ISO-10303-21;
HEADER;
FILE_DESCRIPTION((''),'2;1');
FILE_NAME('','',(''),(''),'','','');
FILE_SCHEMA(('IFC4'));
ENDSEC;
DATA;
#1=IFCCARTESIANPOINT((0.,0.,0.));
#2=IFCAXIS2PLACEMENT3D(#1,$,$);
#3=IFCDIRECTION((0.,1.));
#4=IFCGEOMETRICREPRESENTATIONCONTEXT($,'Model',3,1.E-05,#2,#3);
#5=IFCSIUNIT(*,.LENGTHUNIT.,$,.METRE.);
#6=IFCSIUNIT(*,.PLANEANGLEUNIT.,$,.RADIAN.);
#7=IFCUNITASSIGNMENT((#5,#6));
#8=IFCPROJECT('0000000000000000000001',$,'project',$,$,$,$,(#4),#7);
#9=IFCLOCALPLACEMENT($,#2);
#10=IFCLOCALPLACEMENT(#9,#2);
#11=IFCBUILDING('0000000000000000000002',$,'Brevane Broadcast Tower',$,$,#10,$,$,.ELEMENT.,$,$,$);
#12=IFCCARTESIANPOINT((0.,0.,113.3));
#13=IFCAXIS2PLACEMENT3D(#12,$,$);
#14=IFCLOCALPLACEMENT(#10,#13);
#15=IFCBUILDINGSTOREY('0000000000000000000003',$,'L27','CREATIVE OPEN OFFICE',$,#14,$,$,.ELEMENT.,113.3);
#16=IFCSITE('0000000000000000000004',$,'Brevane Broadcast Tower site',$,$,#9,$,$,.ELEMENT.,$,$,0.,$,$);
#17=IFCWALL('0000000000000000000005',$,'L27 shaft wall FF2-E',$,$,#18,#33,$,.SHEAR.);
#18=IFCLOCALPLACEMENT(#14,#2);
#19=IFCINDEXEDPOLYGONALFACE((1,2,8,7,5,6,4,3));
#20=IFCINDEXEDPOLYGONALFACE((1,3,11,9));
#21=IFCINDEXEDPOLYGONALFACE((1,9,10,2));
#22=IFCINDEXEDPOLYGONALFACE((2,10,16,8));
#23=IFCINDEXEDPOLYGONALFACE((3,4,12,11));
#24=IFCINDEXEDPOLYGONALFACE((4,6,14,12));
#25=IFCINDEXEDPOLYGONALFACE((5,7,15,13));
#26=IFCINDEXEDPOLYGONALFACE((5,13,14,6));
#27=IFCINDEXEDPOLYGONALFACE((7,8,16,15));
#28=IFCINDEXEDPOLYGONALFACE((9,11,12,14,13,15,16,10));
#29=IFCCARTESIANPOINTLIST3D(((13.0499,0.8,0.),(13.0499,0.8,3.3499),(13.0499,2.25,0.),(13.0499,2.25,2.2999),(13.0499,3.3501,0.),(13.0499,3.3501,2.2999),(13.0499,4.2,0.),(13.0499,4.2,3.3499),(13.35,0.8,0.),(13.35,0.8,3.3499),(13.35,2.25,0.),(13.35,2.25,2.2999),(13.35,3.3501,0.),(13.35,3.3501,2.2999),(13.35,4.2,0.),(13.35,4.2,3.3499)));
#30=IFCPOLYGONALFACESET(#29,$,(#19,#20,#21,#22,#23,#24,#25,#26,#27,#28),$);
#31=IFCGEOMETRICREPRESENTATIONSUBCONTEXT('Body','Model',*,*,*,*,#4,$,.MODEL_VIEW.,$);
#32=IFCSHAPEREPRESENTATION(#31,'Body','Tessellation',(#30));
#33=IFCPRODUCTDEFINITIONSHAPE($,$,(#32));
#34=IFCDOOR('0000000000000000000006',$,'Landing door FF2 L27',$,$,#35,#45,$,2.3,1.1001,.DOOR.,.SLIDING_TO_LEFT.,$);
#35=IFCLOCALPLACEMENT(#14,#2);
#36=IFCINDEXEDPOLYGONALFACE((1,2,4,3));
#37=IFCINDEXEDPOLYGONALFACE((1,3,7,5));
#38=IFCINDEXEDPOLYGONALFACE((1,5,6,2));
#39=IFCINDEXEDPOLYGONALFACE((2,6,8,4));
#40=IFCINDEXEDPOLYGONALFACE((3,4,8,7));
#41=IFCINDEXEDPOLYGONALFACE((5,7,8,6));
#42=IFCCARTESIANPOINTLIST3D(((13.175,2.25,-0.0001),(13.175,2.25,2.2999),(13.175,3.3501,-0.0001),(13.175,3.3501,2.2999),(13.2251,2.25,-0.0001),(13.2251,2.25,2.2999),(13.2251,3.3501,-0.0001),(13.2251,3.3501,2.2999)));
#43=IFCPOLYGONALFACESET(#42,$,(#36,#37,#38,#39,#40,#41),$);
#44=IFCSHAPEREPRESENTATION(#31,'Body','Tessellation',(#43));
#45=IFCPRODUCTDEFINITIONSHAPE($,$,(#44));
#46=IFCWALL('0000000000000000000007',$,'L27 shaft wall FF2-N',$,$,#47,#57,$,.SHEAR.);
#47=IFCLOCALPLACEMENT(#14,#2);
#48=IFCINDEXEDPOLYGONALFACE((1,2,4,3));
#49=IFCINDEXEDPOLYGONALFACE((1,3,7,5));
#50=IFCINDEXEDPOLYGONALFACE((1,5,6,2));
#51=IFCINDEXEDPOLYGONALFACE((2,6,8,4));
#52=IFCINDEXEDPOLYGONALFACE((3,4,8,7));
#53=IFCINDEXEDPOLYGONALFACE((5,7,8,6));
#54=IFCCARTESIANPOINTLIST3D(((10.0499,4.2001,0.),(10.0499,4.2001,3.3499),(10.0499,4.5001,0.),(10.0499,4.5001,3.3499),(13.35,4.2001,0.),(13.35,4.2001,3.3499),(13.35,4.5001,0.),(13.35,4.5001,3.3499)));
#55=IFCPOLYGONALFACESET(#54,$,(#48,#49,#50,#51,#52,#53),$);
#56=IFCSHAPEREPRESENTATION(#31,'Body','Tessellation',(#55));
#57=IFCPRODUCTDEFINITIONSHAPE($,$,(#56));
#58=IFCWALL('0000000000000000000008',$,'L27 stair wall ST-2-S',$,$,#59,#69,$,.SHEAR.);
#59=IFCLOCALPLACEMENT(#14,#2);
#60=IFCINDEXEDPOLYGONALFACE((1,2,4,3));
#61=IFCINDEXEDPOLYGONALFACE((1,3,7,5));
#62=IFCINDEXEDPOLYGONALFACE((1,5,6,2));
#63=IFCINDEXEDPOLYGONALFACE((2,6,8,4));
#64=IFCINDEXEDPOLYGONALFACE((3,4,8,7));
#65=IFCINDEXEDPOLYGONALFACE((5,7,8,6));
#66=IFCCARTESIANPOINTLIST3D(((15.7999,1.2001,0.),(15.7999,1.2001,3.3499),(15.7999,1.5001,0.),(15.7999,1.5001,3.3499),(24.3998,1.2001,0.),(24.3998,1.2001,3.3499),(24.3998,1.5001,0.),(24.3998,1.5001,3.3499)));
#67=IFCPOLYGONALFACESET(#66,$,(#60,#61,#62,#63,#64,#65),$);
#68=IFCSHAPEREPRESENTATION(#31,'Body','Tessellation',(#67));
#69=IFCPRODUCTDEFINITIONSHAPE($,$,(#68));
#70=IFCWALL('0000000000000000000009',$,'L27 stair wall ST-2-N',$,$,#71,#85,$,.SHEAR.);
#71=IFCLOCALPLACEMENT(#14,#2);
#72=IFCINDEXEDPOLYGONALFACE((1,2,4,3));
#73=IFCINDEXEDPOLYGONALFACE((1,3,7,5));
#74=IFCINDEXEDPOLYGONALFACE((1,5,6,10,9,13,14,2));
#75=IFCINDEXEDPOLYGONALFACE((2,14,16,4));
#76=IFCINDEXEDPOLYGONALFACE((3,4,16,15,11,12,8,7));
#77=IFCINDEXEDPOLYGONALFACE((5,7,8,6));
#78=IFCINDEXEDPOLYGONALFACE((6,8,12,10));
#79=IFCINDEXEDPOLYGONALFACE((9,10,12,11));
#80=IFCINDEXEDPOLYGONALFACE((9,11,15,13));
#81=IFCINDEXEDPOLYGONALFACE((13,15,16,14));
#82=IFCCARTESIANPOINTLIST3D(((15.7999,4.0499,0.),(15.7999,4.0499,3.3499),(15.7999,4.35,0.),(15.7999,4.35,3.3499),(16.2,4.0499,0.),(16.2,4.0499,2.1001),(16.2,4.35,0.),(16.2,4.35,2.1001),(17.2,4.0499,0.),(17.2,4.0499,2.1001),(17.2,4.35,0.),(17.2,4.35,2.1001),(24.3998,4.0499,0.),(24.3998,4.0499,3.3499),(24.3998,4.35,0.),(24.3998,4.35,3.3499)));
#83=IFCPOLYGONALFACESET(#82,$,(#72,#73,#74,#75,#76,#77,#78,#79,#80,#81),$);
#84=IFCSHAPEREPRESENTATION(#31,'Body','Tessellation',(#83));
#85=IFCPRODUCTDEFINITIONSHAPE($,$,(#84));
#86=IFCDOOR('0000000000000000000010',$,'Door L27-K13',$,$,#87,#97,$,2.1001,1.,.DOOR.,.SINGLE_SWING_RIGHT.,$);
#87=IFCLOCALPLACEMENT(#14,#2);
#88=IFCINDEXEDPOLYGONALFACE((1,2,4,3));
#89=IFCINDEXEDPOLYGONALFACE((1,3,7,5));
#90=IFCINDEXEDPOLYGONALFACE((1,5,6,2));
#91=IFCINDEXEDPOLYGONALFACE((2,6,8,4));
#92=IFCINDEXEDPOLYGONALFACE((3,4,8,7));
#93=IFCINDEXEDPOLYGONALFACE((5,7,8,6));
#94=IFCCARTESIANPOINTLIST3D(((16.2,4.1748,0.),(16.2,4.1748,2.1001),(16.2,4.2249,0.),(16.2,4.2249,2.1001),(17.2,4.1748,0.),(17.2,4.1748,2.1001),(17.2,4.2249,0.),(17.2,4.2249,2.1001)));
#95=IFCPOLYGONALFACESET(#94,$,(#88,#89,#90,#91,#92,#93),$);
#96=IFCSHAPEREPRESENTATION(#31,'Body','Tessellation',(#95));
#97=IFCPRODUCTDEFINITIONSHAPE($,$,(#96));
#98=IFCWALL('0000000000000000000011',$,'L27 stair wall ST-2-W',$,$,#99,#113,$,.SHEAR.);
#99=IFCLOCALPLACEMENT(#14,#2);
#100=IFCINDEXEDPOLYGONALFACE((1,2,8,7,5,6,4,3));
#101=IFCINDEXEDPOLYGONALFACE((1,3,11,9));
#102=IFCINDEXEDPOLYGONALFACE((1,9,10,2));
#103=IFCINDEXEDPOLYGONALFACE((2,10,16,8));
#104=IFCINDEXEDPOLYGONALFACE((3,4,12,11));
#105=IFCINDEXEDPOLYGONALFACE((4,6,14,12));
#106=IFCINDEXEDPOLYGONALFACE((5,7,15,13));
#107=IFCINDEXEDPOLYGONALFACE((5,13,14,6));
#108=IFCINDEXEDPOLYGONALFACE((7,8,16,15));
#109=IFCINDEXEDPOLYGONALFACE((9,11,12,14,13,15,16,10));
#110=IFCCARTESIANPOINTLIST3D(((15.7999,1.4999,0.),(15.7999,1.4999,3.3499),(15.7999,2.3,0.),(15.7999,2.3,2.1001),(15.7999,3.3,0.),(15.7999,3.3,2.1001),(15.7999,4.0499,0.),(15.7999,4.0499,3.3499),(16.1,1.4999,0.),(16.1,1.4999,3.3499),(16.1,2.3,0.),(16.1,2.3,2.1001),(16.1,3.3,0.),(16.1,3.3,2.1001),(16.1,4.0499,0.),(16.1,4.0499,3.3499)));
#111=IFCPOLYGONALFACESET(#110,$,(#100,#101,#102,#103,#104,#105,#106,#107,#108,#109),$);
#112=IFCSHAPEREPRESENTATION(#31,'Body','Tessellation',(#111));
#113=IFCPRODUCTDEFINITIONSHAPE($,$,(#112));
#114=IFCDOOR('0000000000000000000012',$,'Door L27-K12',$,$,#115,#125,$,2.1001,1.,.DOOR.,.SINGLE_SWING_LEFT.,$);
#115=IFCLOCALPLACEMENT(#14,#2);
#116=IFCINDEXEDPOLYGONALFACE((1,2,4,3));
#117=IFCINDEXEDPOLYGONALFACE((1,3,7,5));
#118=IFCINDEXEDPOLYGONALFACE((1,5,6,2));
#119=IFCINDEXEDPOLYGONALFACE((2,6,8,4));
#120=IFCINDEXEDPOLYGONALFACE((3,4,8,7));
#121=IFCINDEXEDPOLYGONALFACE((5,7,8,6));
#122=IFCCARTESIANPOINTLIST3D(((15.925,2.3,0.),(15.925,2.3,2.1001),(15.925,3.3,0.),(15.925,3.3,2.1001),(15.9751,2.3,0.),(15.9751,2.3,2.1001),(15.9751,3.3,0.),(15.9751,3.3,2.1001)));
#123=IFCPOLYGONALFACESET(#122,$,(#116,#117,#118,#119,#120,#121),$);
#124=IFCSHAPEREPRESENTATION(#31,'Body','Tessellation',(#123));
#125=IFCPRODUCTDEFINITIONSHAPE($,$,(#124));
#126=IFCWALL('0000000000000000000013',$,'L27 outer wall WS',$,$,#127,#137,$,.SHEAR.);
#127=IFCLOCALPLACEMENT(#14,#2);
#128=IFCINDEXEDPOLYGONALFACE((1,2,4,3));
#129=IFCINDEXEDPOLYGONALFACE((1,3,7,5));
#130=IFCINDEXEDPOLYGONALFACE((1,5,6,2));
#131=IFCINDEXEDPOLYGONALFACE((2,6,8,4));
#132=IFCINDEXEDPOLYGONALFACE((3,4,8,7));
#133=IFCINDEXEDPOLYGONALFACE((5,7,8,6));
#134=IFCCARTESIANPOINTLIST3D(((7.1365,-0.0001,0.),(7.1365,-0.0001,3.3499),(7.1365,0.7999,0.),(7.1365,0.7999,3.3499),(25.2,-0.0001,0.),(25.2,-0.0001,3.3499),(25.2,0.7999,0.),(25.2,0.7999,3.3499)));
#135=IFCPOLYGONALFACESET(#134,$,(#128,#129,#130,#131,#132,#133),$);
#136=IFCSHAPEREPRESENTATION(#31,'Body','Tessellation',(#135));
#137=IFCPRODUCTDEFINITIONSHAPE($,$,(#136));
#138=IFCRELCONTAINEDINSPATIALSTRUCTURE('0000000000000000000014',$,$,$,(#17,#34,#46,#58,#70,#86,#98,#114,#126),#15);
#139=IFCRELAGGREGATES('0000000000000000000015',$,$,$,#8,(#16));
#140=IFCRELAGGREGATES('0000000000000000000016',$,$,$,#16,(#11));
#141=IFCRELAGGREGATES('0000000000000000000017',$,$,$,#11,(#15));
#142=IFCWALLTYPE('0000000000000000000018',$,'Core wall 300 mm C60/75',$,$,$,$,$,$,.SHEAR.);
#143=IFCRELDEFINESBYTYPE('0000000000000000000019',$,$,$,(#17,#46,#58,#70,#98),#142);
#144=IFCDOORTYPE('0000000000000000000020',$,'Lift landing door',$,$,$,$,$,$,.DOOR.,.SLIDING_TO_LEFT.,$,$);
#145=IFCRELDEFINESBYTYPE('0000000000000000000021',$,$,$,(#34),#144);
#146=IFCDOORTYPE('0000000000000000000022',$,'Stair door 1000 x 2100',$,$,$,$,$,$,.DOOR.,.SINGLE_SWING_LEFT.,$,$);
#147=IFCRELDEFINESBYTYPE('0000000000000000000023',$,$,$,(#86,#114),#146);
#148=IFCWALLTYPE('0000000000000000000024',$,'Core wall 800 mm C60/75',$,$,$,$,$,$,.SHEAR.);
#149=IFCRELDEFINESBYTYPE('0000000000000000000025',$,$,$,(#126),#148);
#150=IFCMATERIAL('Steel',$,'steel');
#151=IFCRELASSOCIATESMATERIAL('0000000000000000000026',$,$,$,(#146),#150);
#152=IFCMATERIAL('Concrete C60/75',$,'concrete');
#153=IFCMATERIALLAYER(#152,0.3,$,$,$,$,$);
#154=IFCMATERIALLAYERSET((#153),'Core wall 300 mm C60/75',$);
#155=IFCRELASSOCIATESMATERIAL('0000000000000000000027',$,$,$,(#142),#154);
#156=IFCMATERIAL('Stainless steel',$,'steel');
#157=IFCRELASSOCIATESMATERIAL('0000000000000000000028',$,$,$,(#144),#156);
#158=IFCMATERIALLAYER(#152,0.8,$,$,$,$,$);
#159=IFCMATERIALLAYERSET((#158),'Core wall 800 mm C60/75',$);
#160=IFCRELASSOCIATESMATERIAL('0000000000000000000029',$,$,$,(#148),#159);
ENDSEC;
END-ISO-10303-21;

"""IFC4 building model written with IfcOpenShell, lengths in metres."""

from ifc_helpers import new_model, si_unit, direction, frame, frame_2d, origin, place, context, subcontext, project, spatial, rectangle, extrude, material, layer, layer_set, type_object, element, fill, save


model = new_model("IFC4")

# Units and contexts
model_context = context("Model", 3, precision=1e-05, world=origin(), true_north=direction((0.0, 1.0)))
body_context = subcontext(model_context, "Body", "Model", "MODEL_VIEW")
ifc_project = project(units=[si_unit("LENGTHUNIT", "METRE"), si_unit("PLANEANGLEUNIT", "RADIAN")], contexts=[model_context])

# Site, building, storey
site_placement = place(None, origin())
site = spatial("IfcSite", under=ifc_project, at=site_placement, Name="Brevane Broadcast Tower site", CompositionType="ELEMENT", RefElevation=0.0)
building_placement = place(site_placement, origin())
building = spatial("IfcBuilding", under=site, at=building_placement, Name="Brevane Broadcast Tower", CompositionType="ELEMENT")
storey_placement = place(building_placement, frame((0.0, 0.0, 113.3)))
storey = spatial("IfcBuildingStorey", under=building, at=storey_placement, Name="L27", Description="CREATIVE OPEN OFFICE", CompositionType="ELEMENT", Elevation=113.3)

# Shared definitions
ifc_material_1 = material(Name="Steel", Category="steel")
door_type_1 = type_object("IfcDoorType", Name="Stair door 1000 x 2100", OperationType="SINGLE_SWING_LEFT", PredefinedType="DOOR", material=ifc_material_1)

# Shared definitions
ifc_material_2 = material(Name="Concrete C60/75", Category="concrete")
ifc_layer_1 = layer(ifc_material_2, 0.3)
ifc_layer_set_1 = layer_set([ifc_layer_1], Name="Core wall 300 mm C60/75")
wall_type_1 = type_object("IfcWallType", Name="Core wall 300 mm C60/75", PredefinedType="SHEAR", material=ifc_layer_set_1)

# Wall, opening, door
wall_1_placement = place(storey_placement, frame((13.2, 0.8, 0.0), z_axis=(0.0, 0.0, 1.0), x_axis=(0.0, 1.0, 0.0)))
wall_1 = element("IfcWall", 1, at=wall_1_placement, inside=storey, type_object=wall_type_1, Name="L27 shaft wall FF2-E", PredefinedType="SHEAR", context=body_context, shape_type="SweptSolid", body=[
    extrude(rectangle(XDim=3.3999, YDim=0.3, at=frame_2d((1.7, 0.0))), origin(), (0.0, 0.0, 1.0), 3.3499),
])
opening_1_placement = place(wall_1_placement, frame((1.45, 0.0, 0.0)))
opening_1 = element("IfcOpeningElement", 2, at=opening_1_placement, cuts=wall_1, PredefinedType="OPENING", context=body_context, shape_type="SweptSolid", body=[
    extrude(rectangle(XDim=1.1001, YDim=2.3, at=frame_2d((0.55, 1.1499))), frame((0.0, 0.1599, 0.0), z_axis=(0.0, -1.0, 0.0), x_axis=(1.0, 0.0, 0.0)), (0.0, 0.0, 1.0), 0.3201),
])
ifc_material_3 = material(Name="Stainless steel", Category="steel")
door_type_2 = type_object("IfcDoorType", Name="Lift landing door", OperationType="SLIDING_TO_LEFT", PredefinedType="DOOR", material=ifc_material_3)
door_1_placement = place(opening_1_placement, origin())
door_1 = element("IfcDoor", 3, at=door_1_placement, inside=storey, type_object=door_type_2, Name="Landing door FF2 L27", OperationType="SLIDING_TO_LEFT", OverallHeight=2.3, OverallWidth=1.1001, PredefinedType="DOOR", context=body_context, shape_type="SweptSolid", body=[
    extrude(rectangle(XDim=1.1001, YDim=2.3, at=frame_2d((0.55, 1.1499))), frame((0.0, 0.0249, 0.0), z_axis=(0.0, -1.0, 0.0), x_axis=(1.0, 0.0, 0.0)), (0.0, 0.0, 1.0), 0.05),
])
fill(opening_1, door_1)

# Walls
wall_2_placement = place(storey_placement, frame((10.05, 4.3501, 0.0), z_axis=(0.0, 0.0, 1.0), x_axis=(1.0, 0.0, 0.0)))
element("IfcWall", 4, at=wall_2_placement, inside=storey, type_object=wall_type_1, Name="L27 shaft wall FF2-N", PredefinedType="SHEAR", context=body_context, shape_type="SweptSolid", body=[
    extrude(rectangle(XDim=3.3, YDim=0.3, at=frame_2d((1.6499, 0.0))), origin(), (0.0, 0.0, 1.0), 3.3499),
])
wall_3_placement = place(storey_placement, frame((15.8, 1.3501, 0.0), z_axis=(0.0, 0.0, 1.0), x_axis=(1.0, 0.0, 0.0)))
element("IfcWall", 5, at=wall_3_placement, inside=storey, type_object=wall_type_1, Name="L27 stair wall ST-2-S", PredefinedType="SHEAR", context=body_context, shape_type="SweptSolid", body=[
    extrude(rectangle(XDim=8.5999, YDim=0.3, at=frame_2d((4.2998, 0.0))), origin(), (0.0, 0.0, 1.0), 3.3499),
])

# Walls, openings, doors
wall_4_placement = place(storey_placement, frame((15.8, 4.2, 0.0), z_axis=(0.0, 0.0, 1.0), x_axis=(1.0, 0.0, 0.0)))
wall_4 = element("IfcWall", 6, at=wall_4_placement, inside=storey, type_object=wall_type_1, Name="L27 stair wall ST-2-N", PredefinedType="SHEAR", context=body_context, shape_type="SweptSolid", body=[
    extrude(rectangle(XDim=8.5999, YDim=0.3, at=frame_2d((4.2998, 0.0))), origin(), (0.0, 0.0, 1.0), 3.3499),
])
opening_2_placement = place(wall_4_placement, frame((0.3999, 0.0, 0.0)))
opening_2 = element("IfcOpeningElement", 7, at=opening_2_placement, cuts=wall_4, PredefinedType="OPENING", context=body_context, shape_type="SweptSolid", body=[
    extrude(rectangle(XDim=1.0, YDim=2.1001, at=frame_2d((0.5, 1.05))), frame((0.0, 0.1599, 0.0), z_axis=(0.0, -1.0, 0.0), x_axis=(1.0, 0.0, 0.0)), (0.0, 0.0, 1.0), 0.3201),
])
door_2_placement = place(opening_2_placement, origin())
door_2 = element("IfcDoor", 8, at=door_2_placement, inside=storey, type_object=door_type_1, Name="Door L27-K13", OperationType="SINGLE_SWING_RIGHT", OverallHeight=2.1001, OverallWidth=1.0, PredefinedType="DOOR", context=body_context, shape_type="SweptSolid", body=[
    extrude(rectangle(XDim=1.0, YDim=2.1001, at=frame_2d((0.5, 1.05))), frame((0.0, 0.0249, 0.0), z_axis=(0.0, -1.0, 0.0), x_axis=(1.0, 0.0, 0.0)), (0.0, 0.0, 1.0), 0.05),
])
fill(opening_2, door_2)
wall_5_placement = place(storey_placement, frame((15.95, 1.5, 0.0), z_axis=(0.0, 0.0, 1.0), x_axis=(0.0, 1.0, 0.0)))
wall_5 = element("IfcWall", 9, at=wall_5_placement, inside=storey, type_object=wall_type_1, Name="L27 stair wall ST-2-W", PredefinedType="SHEAR", context=body_context, shape_type="SweptSolid", body=[
    extrude(rectangle(XDim=2.55, YDim=0.3, at=frame_2d((1.2749, 0.0))), origin(), (0.0, 0.0, 1.0), 3.3499),
])
opening_3_placement = place(wall_5_placement, frame((0.8, 0.0, 0.0)))
opening_3 = element("IfcOpeningElement", 10, at=opening_3_placement, cuts=wall_5, PredefinedType="OPENING", context=body_context, shape_type="SweptSolid", body=[
    extrude(rectangle(XDim=1.0, YDim=2.1001, at=frame_2d((0.5, 1.05))), frame((0.0, 0.1599, 0.0), z_axis=(0.0, -1.0, 0.0), x_axis=(1.0, 0.0, 0.0)), (0.0, 0.0, 1.0), 0.3201),
])
door_3_placement = place(opening_3_placement, origin())
door_3 = element("IfcDoor", 11, at=door_3_placement, inside=storey, type_object=door_type_1, Name="Door L27-K12", OperationType="SINGLE_SWING_LEFT", OverallHeight=2.1001, OverallWidth=1.0, PredefinedType="DOOR", context=body_context, shape_type="SweptSolid", body=[
    extrude(rectangle(XDim=1.0, YDim=2.1001, at=frame_2d((0.5, 1.05))), frame((0.0, 0.0249, 0.0), z_axis=(0.0, -1.0, 0.0), x_axis=(1.0, 0.0, 0.0)), (0.0, 0.0, 1.0), 0.05),
])
fill(opening_3, door_3)

# Wall
ifc_layer_2 = layer(ifc_material_2, 0.8)
ifc_layer_set_2 = layer_set([ifc_layer_2], Name="Core wall 800 mm C60/75")
wall_type_2 = type_object("IfcWallType", Name="Core wall 800 mm C60/75", PredefinedType="SHEAR", material=ifc_layer_set_2)
wall_6_placement = place(storey_placement, frame((7.1365, 0.3999, 0.0), z_axis=(0.0, 0.0, 1.0), x_axis=(1.0, 0.0, 0.0)))
element("IfcWall", 12, at=wall_6_placement, inside=storey, type_object=wall_type_2, Name="L27 outer wall WS", PredefinedType="SHEAR", context=body_context, shape_type="SweptSolid", body=[
    extrude(rectangle(XDim=18.0635, YDim=0.8, at=frame_2d((9.0317, 0.0))), origin(), (0.0, 0.0, 1.0), 3.3499),
])

save(model, "model.ifc")
